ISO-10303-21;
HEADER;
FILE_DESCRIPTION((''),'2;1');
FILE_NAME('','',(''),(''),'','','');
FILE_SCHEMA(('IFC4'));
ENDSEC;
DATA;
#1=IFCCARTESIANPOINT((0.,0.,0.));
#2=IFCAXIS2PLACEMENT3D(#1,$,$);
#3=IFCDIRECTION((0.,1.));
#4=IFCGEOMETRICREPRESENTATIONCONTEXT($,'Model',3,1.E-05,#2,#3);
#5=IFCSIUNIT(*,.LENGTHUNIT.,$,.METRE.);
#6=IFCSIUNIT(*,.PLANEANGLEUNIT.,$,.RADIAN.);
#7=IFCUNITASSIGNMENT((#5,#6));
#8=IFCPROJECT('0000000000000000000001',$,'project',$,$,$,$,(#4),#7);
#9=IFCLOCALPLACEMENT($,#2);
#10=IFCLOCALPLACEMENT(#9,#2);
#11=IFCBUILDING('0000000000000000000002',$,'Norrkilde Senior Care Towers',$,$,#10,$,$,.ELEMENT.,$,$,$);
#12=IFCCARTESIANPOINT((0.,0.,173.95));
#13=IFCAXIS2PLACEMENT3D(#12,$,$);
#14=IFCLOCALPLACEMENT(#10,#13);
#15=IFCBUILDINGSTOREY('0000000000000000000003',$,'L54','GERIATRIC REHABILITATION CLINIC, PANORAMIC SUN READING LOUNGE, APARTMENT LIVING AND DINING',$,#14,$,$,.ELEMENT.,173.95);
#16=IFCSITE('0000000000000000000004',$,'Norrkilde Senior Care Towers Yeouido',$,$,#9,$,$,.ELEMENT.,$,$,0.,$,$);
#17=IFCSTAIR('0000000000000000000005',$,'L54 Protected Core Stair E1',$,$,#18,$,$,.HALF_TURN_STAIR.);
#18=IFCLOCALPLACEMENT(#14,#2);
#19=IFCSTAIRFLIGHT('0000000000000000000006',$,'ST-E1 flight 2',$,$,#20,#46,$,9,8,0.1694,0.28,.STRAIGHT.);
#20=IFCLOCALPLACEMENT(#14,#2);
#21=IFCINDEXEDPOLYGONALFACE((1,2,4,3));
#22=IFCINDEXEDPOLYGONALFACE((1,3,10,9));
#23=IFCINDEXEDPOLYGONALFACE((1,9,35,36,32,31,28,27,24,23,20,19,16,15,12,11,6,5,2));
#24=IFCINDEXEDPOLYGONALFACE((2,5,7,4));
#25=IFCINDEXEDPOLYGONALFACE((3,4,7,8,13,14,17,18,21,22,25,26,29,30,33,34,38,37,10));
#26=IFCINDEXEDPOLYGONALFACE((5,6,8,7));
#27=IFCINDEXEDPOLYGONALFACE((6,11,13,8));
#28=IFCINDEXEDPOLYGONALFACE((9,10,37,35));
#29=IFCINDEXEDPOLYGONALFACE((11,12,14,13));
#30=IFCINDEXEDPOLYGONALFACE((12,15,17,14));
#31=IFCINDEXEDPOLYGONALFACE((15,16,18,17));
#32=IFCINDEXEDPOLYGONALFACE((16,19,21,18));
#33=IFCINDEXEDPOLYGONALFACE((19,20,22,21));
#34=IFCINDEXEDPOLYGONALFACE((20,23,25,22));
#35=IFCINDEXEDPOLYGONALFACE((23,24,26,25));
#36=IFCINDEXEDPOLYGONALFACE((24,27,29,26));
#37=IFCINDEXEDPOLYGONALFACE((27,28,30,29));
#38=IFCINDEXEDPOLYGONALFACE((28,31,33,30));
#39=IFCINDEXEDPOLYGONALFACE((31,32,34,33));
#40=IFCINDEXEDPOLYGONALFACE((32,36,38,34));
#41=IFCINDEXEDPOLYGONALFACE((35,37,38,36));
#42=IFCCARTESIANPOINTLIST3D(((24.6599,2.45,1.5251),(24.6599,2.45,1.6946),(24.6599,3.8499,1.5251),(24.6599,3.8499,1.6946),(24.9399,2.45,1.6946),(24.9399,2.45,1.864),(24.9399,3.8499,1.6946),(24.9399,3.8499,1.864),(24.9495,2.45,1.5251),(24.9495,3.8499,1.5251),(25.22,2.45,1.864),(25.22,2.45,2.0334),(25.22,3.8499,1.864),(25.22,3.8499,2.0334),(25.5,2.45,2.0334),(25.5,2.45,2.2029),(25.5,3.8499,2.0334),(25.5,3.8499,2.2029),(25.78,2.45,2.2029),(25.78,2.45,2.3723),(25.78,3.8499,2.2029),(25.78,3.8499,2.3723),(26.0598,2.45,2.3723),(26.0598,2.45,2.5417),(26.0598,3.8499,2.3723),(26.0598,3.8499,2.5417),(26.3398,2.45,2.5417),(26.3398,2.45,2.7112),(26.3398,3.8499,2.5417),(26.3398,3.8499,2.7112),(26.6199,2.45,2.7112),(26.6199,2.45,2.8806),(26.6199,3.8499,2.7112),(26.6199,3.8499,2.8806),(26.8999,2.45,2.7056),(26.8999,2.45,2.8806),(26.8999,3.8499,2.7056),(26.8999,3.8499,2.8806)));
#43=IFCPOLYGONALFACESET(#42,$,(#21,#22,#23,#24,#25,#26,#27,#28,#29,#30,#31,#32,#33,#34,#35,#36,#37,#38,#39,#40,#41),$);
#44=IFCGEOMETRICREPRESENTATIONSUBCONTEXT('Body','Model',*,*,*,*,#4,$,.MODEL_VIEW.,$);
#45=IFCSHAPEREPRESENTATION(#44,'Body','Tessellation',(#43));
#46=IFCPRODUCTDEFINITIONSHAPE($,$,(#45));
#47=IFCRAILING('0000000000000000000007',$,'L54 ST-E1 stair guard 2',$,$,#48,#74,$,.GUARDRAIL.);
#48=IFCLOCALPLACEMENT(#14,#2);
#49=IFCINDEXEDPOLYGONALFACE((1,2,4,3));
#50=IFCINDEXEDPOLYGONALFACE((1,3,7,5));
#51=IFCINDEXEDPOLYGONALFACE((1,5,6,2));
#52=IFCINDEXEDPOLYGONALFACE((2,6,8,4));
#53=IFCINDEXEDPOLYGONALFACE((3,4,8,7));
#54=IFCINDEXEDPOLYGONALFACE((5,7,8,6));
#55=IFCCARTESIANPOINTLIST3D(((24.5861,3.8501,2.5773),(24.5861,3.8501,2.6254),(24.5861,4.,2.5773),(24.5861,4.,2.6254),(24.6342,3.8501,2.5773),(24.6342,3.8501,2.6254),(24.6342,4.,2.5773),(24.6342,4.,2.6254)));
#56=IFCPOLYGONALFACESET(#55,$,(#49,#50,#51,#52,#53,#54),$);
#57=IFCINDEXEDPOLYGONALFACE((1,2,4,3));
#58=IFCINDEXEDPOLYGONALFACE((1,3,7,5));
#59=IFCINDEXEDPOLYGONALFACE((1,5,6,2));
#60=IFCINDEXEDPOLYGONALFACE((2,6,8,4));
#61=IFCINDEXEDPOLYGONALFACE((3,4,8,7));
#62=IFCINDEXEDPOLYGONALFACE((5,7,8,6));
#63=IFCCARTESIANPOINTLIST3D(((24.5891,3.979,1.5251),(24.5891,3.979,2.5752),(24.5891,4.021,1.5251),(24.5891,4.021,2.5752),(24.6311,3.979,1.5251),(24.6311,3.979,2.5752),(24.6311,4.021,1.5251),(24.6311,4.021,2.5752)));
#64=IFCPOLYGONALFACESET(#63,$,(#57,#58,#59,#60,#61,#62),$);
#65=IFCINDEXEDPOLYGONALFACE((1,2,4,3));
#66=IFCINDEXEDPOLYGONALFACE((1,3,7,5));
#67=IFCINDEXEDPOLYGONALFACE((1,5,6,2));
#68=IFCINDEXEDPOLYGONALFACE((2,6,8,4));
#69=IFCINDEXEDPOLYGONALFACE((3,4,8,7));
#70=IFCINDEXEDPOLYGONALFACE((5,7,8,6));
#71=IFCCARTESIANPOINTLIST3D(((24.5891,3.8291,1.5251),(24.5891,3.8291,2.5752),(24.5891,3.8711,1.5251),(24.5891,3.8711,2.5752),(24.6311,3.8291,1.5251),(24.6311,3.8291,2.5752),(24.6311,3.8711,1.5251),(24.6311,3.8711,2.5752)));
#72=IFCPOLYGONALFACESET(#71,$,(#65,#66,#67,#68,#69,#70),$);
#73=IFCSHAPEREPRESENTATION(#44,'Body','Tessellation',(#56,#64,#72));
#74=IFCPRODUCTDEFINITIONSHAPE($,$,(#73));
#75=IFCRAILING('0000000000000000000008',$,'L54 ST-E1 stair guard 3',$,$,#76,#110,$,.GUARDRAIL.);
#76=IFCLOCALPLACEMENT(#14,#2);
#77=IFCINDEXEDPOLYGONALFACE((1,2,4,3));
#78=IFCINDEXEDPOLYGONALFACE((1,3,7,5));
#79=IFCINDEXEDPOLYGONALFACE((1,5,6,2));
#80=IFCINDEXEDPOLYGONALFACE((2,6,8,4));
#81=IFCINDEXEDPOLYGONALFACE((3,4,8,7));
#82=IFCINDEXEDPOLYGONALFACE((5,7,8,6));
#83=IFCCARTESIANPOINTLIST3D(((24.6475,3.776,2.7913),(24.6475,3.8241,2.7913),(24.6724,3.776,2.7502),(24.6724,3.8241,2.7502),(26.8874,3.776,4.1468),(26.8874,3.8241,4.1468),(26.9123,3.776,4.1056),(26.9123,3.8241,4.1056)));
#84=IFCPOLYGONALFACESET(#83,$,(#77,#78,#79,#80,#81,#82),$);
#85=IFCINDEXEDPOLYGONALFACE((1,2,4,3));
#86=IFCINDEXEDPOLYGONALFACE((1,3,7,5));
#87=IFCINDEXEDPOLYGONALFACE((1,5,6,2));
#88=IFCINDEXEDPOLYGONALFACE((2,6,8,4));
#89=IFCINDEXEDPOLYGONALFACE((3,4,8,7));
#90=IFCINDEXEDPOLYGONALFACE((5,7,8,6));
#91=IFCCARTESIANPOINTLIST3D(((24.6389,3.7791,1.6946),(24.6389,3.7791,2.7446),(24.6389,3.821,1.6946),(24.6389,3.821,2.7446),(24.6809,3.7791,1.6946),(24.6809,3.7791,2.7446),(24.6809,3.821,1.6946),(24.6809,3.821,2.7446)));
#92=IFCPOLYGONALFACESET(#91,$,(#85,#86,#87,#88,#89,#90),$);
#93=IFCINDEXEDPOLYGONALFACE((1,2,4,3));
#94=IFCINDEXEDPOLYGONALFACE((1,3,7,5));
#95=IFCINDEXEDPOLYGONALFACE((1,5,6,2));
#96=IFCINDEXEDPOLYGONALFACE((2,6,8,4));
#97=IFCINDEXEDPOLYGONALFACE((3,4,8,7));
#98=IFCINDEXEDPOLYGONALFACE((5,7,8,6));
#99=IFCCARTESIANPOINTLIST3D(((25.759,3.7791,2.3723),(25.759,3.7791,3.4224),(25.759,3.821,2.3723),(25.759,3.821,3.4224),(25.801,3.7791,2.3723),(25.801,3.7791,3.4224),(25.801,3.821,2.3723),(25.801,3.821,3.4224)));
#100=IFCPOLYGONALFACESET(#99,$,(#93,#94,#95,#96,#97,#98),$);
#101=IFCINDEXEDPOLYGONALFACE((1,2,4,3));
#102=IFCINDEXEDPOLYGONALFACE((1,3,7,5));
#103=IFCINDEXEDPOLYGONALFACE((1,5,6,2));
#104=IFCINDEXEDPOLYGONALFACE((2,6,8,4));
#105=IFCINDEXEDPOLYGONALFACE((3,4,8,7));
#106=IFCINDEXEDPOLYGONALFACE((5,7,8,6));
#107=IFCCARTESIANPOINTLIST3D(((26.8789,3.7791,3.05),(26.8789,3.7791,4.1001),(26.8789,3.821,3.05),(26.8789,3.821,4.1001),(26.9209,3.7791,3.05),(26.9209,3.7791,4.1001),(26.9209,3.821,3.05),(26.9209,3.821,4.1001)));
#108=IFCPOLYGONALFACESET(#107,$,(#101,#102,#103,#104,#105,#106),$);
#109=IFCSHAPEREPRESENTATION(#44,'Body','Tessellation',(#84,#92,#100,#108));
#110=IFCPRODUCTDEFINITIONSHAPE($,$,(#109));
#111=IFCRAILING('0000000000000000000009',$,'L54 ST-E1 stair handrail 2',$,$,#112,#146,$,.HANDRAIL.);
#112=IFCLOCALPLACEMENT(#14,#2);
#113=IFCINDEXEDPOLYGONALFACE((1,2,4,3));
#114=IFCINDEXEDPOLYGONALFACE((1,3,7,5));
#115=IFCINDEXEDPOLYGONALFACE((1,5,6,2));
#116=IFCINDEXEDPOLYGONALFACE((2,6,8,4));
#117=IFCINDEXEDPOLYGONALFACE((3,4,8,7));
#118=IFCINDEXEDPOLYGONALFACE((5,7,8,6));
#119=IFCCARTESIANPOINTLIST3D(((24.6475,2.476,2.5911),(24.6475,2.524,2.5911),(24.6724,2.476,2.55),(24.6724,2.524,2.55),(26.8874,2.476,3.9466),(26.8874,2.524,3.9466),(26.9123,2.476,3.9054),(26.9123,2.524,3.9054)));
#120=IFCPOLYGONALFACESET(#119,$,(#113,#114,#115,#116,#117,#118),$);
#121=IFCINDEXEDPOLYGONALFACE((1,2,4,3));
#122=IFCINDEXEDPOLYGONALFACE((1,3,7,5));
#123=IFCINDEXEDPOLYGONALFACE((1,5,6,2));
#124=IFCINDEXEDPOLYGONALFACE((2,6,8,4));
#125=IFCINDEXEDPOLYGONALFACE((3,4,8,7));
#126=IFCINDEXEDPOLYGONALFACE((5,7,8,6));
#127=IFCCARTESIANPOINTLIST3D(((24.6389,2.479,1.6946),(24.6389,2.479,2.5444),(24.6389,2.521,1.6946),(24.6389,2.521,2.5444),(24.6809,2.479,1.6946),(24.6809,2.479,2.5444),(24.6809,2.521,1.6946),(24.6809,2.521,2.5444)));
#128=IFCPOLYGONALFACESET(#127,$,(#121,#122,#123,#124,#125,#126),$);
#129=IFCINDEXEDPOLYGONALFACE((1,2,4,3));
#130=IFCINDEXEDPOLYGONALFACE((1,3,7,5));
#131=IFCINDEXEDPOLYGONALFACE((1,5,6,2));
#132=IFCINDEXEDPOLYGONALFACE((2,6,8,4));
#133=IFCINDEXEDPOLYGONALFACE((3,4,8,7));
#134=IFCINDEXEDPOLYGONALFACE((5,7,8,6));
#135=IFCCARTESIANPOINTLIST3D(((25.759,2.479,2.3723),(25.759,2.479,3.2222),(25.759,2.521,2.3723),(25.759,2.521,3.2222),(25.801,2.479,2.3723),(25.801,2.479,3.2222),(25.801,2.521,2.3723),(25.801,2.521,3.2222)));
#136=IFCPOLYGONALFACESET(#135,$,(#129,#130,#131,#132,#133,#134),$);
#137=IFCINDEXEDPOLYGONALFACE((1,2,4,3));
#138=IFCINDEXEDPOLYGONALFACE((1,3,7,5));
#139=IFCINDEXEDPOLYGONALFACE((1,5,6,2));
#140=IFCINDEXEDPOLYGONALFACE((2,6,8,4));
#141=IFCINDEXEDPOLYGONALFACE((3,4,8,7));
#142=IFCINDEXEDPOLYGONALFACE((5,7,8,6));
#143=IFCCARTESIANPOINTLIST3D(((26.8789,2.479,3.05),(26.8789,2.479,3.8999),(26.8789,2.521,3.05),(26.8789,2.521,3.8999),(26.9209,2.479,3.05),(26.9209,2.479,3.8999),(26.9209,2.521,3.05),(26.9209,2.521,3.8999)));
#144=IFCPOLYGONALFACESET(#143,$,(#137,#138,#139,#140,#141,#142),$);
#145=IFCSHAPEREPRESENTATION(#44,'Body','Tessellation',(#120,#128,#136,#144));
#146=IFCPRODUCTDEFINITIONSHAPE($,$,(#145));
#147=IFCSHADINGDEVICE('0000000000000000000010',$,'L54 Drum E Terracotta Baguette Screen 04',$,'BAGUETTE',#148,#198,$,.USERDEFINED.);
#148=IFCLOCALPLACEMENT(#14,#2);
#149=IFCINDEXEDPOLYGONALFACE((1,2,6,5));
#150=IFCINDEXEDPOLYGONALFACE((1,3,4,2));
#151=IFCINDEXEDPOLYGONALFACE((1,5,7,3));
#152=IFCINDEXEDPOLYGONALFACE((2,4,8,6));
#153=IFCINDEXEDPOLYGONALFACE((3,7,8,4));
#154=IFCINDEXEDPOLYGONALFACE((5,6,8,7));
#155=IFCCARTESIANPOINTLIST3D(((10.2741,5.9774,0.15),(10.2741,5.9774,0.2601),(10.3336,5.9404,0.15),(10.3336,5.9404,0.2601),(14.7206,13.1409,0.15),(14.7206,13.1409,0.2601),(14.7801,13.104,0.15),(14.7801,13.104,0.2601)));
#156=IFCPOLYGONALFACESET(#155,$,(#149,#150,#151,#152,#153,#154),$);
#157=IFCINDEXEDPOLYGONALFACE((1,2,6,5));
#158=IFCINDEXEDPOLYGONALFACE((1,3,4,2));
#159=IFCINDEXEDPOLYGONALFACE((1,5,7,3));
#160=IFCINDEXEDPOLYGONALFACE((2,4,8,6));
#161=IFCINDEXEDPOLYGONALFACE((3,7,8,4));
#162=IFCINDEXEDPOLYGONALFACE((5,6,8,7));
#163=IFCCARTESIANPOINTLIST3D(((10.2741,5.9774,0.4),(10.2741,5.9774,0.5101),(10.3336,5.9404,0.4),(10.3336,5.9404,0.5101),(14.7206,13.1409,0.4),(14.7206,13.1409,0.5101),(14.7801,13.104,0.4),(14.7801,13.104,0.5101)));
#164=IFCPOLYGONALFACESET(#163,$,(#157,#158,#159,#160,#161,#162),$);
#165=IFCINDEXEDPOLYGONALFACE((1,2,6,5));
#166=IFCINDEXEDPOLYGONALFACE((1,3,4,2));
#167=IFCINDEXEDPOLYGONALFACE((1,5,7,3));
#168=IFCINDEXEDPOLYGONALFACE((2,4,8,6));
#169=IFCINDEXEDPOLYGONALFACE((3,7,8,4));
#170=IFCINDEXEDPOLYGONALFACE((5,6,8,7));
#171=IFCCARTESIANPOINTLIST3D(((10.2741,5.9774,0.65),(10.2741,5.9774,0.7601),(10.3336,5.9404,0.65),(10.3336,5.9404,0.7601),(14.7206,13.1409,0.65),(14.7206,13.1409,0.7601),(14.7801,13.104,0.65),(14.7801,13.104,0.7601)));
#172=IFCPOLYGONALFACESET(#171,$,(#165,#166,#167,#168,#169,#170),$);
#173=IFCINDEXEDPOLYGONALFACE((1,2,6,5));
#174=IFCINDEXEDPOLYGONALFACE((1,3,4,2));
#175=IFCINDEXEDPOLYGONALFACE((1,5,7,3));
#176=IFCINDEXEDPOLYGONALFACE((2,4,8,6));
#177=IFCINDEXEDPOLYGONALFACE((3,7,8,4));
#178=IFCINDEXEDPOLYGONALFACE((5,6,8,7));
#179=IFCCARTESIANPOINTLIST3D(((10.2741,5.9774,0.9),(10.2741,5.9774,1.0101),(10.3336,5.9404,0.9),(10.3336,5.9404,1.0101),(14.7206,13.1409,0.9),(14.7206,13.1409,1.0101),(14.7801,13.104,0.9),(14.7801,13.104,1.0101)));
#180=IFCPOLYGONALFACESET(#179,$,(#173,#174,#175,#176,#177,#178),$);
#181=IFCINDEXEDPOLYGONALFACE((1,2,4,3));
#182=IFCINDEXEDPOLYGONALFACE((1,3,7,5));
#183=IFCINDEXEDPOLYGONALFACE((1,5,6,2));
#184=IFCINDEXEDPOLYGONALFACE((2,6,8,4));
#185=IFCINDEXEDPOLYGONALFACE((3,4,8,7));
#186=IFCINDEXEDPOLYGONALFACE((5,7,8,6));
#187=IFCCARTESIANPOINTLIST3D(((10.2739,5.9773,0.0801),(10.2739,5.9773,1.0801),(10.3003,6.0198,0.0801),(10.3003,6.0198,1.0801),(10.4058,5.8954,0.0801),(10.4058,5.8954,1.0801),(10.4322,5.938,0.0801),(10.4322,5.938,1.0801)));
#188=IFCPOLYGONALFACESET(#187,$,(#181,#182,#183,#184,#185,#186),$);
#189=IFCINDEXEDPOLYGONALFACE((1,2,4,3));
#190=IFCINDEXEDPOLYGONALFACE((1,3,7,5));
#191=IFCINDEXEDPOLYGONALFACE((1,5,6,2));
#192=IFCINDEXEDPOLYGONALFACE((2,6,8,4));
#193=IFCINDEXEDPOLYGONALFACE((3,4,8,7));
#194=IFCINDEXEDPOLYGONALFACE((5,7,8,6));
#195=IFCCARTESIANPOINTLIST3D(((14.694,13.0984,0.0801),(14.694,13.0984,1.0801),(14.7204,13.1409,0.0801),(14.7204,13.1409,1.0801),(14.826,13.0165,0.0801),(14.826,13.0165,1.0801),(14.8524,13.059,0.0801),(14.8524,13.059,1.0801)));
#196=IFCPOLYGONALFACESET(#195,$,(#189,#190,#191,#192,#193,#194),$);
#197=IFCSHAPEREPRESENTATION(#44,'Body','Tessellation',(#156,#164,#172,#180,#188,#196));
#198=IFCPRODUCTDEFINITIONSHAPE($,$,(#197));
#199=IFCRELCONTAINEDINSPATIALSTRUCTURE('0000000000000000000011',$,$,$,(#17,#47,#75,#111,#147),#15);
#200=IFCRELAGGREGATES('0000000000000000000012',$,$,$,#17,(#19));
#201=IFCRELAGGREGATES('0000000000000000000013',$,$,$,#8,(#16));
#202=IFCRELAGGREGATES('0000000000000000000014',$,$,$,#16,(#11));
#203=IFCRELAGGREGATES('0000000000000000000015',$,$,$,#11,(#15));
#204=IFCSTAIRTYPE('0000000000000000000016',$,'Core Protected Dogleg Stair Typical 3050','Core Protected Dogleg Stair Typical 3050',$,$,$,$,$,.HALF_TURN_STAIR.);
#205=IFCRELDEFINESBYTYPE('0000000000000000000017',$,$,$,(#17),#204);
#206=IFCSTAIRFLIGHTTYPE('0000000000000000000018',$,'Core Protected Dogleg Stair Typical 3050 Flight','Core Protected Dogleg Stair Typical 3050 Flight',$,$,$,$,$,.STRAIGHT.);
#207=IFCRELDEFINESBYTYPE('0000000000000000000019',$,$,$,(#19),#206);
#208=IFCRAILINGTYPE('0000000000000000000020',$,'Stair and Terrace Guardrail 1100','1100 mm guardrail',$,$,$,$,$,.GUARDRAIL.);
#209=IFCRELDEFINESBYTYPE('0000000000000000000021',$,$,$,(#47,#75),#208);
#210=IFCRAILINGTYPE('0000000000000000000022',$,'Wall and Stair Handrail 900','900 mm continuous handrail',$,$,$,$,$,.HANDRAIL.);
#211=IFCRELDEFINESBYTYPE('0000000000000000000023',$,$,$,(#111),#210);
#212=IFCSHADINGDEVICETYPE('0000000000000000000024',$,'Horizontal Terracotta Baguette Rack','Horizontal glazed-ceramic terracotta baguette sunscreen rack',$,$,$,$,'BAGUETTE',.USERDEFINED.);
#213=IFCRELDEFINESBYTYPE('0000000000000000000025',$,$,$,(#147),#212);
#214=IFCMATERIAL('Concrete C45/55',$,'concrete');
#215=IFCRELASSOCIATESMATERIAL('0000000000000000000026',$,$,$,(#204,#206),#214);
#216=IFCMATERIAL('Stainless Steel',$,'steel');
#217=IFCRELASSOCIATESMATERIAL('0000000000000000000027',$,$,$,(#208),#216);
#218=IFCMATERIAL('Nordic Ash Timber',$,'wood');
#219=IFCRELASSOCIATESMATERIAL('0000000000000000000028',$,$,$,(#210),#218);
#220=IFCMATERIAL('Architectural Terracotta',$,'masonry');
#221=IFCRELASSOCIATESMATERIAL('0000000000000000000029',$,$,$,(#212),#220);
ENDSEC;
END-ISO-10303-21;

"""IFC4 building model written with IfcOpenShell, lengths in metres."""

from ifc_helpers import new_model, si_unit, direction, frame, origin, origin_2d, place, context, subcontext, project, spatial, polyline, rectangle, outline, extrude, source, transform, mapped, material, type_object, type_shapes, element, aggregate, save


model = new_model("IFC4")

# Units and contexts
model_context = context("Model", 3, precision=1e-05, world=origin(), true_north=direction((0.0, 1.0)))
body_context = subcontext(model_context, "Body", "Model", "MODEL_VIEW")
ifc_project = project(units=[si_unit("LENGTHUNIT", "METRE"), si_unit("PLANEANGLEUNIT", "RADIAN")], contexts=[model_context])

# Site, building, storey
site_placement = place(None, origin())
site = spatial("IfcSite", under=ifc_project, at=site_placement, Name="Norrkilde Senior Care Towers Yeouido", CompositionType="ELEMENT", RefElevation=0.0)
building_placement = place(site_placement, origin())
building = spatial("IfcBuilding", under=site, at=building_placement, Name="Norrkilde Senior Care Towers", CompositionType="ELEMENT")
storey_placement = place(building_placement, frame((0.0, 0.0, 173.95)))
storey = spatial("IfcBuildingStorey", under=building, at=storey_placement, Name="L54", Description="GERIATRIC REHABILITATION CLINIC, PANORAMIC SUN READING LOUNGE, APARTMENT LIVING AND DINING", CompositionType="ELEMENT", Elevation=173.95)

# Shared definitions
ifc_material_1 = material(Name="Concrete C45/55", Category="concrete")

# Stair, stair flight
stair_type = type_object("IfcStairType", Name="Core Protected Dogleg Stair Typical 3050", Description="Core Protected Dogleg Stair Typical 3050", PredefinedType="HALF_TURN_STAIR", material=ifc_material_1)
stair_placement = place(storey_placement, origin())
stair = element("IfcStair", 1, at=stair_placement, inside=storey, type_object=stair_type, Name="L54 Protected Core Stair E1", PredefinedType="HALF_TURN_STAIR")
stair_flight_type = type_object("IfcStairFlightType", Name="Core Protected Dogleg Stair Typical 3050 Flight", Description="Core Protected Dogleg Stair Typical 3050 Flight", PredefinedType="STRAIGHT", material=ifc_material_1)
stair_flight_placement = place(storey_placement, frame((24.6599, 3.1499, 1.5251), z_axis=(0.0, 0.0, 1.0), x_axis=(1.0, 0.0, 0.0)))
stair_flight = element("IfcStairFlight", 2, at=stair_flight_placement, type_object=stair_flight_type, Name="ST-E1 flight 2", NumberOfRisers=9, NumberOfTreads=8, PredefinedType="STRAIGHT", RiserHeight=0.1694, TreadLength=0.28, context=body_context, shape_type="SweptSolid", body=[
    extrude(outline(polyline([(0.0, 0.0), (0.0, 0.1694), (0.28, 0.1694), (0.28, 0.3389), (0.5601, 0.3389), (0.5601, 0.5083), (0.8401, 0.5083), (0.8401, 0.6777), (1.1201, 0.6777), (1.1201, 0.8472), (1.3999, 0.8472), (1.3999, 1.0166), (1.6799, 1.0166), (1.6799, 1.186), (1.96, 1.186), (1.96, 1.3555), (2.24, 1.3555), (2.24, 1.5249), (2.24, 1.1804), (0.2896, 0.0), (0.0, 0.0)])), frame((0.0, 0.7, 0.0), z_axis=(0.0, -1.0, 0.0), x_axis=(1.0, 0.0, 0.0)), (0.0, 0.0, 1.0), 1.3999),
])
aggregate(stair, [stair_flight])

# Railings
ifc_material_2 = material(Name="Stainless Steel", Category="steel")
railing_type_1 = type_object("IfcRailingType", Name="Stair and Terrace Guardrail 1100", Description="1100 mm guardrail", PredefinedType="GUARDRAIL", material=ifc_material_2)
railing_1_placement = place(storey_placement, frame((24.6101, 4.0, 1.5251)))
element("IfcRailing", 3, at=railing_1_placement, inside=storey, type_object=railing_type_1, Name="L54 ST-E1 stair guard 2", PredefinedType="GUARDRAIL", context=body_context, shape_type="SweptSolid", body=[
    extrude(rectangle(XDim=0.0481, YDim=0.0481, at=origin_2d()), frame((0.0, 0.0, 1.0762), z_axis=(0.0, -1.0, 0.0), x_axis=(1.0, 0.0, 0.0)), (0.0, 0.0, 1.0), 0.1499),
    extrude(rectangle(XDim=0.042, YDim=0.042, at=origin_2d()), origin(), (0.0, 0.0, 1.0), 1.05),
    extrude(rectangle(XDim=0.042, YDim=0.042, at=origin_2d()), frame((0.0, -0.1499, 0.0)), (0.0, 0.0, 1.0), 1.05),
])
railing_2_placement = place(storey_placement, frame((24.6599, 3.8, 1.6946)))
element("IfcRailing", 4, at=railing_2_placement, inside=storey, type_object=railing_type_1, Name="L54 ST-E1 stair guard 3", PredefinedType="GUARDRAIL", context=body_context, shape_type="SweptSolid", body=[
    extrude(rectangle(XDim=0.0481, YDim=0.0481, at=origin_2d()), frame((0.0, 0.0, 1.0762), z_axis=(0.855553, 0.0, 0.517715), x_axis=(0.0, 1.0, 0.0)), (0.0, 0.0, 1.0), 2.6182),
    extrude(rectangle(XDim=0.042, YDim=0.042, at=origin_2d()), origin(), (0.0, 0.0, 1.0), 1.05),
    extrude(rectangle(XDim=0.042, YDim=0.042, at=origin_2d()), frame((1.1201, 0.0, 0.6777)), (0.0, 0.0, 1.0), 1.05),
    extrude(rectangle(XDim=0.042, YDim=0.042, at=origin_2d()), frame((2.24, 0.0, 1.3555)), (0.0, 0.0, 1.0), 1.05),
])
ifc_material_3 = material(Name="Nordic Ash Timber", Category="wood")
railing_type_2 = type_object("IfcRailingType", Name="Wall and Stair Handrail 900", Description="900 mm continuous handrail", PredefinedType="HANDRAIL", material=ifc_material_3)
railing_3_placement = place(storey_placement, frame((24.6599, 2.5, 1.6946)))
element("IfcRailing", 5, at=railing_3_placement, inside=storey, type_object=railing_type_2, Name="L54 ST-E1 stair handrail 2", PredefinedType="HANDRAIL", context=body_context, shape_type="SweptSolid", body=[
    extrude(rectangle(XDim=0.0481, YDim=0.0481, at=origin_2d()), frame((0.0, 0.0, 0.876), z_axis=(0.855553, 0.0, 0.517715), x_axis=(0.0, 1.0, 0.0)), (0.0, 0.0, 1.0), 2.6182),
    extrude(rectangle(XDim=0.042, YDim=0.042, at=origin_2d()), origin(), (0.0, 0.0, 1.0), 0.8499),
    extrude(rectangle(XDim=0.042, YDim=0.042, at=origin_2d()), frame((1.1201, 0.0, 0.6777)), (0.0, 0.0, 1.0), 0.8499),
    extrude(rectangle(XDim=0.042, YDim=0.042, at=origin_2d()), frame((2.24, 0.0, 1.3555)), (0.0, 0.0, 1.0), 0.8499),
])

# Shading device
ifc_material_4 = material(Name="Architectural Terracotta", Category="masonry")
shading_device_type = type_object("IfcShadingDeviceType", Name="Horizontal Terracotta Baguette Rack", Description="Horizontal glazed-ceramic terracotta baguette sunscreen rack", ElementType="BAGUETTE", PredefinedType="USERDEFINED", material=ifc_material_4)
shared_shape_1 = source(origin(), body_context, "Body", "SweptSolid", [
    extrude(rectangle(XDim=0.0701, YDim=0.1101, at=origin_2d()), frame((0.0, 0.0901, 0.125), z_axis=(1.0, 0.0, 0.0), x_axis=(0.0, 1.0, 0.0)), (0.0, 0.0, 1.0), 8.4314),
    extrude(rectangle(XDim=0.0701, YDim=0.1101, at=origin_2d()), frame((0.0, 0.0901, 0.375), z_axis=(1.0, 0.0, 0.0), x_axis=(0.0, 1.0, 0.0)), (0.0, 0.0, 1.0), 8.4314),
    extrude(rectangle(XDim=0.0701, YDim=0.1101, at=origin_2d()), frame((0.0, 0.0901, 0.625), z_axis=(1.0, 0.0, 0.0), x_axis=(0.0, 1.0, 0.0)), (0.0, 0.0, 1.0), 8.4314),
    extrude(rectangle(XDim=0.0701, YDim=0.1101, at=origin_2d()), frame((0.0, 0.0901, 0.875), z_axis=(1.0, 0.0, 0.0), x_axis=(0.0, 1.0, 0.0)), (0.0, 0.0, 1.0), 8.4314),
    extrude(rectangle(XDim=0.05, YDim=0.1553, at=origin_2d()), frame((0.0249, 0.0476, 0.0)), (0.0, 0.0, 1.0), 1.0),
    extrude(rectangle(XDim=0.05, YDim=0.1553, at=origin_2d()), frame((8.4062, 0.0476, 0.0)), (0.0, 0.0, 1.0), 1.0),
])
type_shapes(shading_device_type, [shared_shape_1])
shading_device_placement = place(storey_placement, frame((10.3804, 5.9114, 0.0801), z_axis=(0.0, 0.0, 1.0), x_axis=(0.527378, 0.849631, 0.0)))
element("IfcShadingDevice", 6, at=shading_device_placement, inside=storey, type_object=shading_device_type, Name="L54 Drum E Terracotta Baguette Screen 04", ObjectType="BAGUETTE", PredefinedType="USERDEFINED", context=body_context, shape_type="MappedRepresentation", body=[
    mapped(shared_shape_1, transform((0.0, 0.0, 0.0), x_axis=(1.0, 0.0, 0.0), y_axis=(0.0, 1.0, 0.0), z_axis=(0.0, 0.0, 1.0), scale=1.0)),
])

save(model, "model.ifc")
